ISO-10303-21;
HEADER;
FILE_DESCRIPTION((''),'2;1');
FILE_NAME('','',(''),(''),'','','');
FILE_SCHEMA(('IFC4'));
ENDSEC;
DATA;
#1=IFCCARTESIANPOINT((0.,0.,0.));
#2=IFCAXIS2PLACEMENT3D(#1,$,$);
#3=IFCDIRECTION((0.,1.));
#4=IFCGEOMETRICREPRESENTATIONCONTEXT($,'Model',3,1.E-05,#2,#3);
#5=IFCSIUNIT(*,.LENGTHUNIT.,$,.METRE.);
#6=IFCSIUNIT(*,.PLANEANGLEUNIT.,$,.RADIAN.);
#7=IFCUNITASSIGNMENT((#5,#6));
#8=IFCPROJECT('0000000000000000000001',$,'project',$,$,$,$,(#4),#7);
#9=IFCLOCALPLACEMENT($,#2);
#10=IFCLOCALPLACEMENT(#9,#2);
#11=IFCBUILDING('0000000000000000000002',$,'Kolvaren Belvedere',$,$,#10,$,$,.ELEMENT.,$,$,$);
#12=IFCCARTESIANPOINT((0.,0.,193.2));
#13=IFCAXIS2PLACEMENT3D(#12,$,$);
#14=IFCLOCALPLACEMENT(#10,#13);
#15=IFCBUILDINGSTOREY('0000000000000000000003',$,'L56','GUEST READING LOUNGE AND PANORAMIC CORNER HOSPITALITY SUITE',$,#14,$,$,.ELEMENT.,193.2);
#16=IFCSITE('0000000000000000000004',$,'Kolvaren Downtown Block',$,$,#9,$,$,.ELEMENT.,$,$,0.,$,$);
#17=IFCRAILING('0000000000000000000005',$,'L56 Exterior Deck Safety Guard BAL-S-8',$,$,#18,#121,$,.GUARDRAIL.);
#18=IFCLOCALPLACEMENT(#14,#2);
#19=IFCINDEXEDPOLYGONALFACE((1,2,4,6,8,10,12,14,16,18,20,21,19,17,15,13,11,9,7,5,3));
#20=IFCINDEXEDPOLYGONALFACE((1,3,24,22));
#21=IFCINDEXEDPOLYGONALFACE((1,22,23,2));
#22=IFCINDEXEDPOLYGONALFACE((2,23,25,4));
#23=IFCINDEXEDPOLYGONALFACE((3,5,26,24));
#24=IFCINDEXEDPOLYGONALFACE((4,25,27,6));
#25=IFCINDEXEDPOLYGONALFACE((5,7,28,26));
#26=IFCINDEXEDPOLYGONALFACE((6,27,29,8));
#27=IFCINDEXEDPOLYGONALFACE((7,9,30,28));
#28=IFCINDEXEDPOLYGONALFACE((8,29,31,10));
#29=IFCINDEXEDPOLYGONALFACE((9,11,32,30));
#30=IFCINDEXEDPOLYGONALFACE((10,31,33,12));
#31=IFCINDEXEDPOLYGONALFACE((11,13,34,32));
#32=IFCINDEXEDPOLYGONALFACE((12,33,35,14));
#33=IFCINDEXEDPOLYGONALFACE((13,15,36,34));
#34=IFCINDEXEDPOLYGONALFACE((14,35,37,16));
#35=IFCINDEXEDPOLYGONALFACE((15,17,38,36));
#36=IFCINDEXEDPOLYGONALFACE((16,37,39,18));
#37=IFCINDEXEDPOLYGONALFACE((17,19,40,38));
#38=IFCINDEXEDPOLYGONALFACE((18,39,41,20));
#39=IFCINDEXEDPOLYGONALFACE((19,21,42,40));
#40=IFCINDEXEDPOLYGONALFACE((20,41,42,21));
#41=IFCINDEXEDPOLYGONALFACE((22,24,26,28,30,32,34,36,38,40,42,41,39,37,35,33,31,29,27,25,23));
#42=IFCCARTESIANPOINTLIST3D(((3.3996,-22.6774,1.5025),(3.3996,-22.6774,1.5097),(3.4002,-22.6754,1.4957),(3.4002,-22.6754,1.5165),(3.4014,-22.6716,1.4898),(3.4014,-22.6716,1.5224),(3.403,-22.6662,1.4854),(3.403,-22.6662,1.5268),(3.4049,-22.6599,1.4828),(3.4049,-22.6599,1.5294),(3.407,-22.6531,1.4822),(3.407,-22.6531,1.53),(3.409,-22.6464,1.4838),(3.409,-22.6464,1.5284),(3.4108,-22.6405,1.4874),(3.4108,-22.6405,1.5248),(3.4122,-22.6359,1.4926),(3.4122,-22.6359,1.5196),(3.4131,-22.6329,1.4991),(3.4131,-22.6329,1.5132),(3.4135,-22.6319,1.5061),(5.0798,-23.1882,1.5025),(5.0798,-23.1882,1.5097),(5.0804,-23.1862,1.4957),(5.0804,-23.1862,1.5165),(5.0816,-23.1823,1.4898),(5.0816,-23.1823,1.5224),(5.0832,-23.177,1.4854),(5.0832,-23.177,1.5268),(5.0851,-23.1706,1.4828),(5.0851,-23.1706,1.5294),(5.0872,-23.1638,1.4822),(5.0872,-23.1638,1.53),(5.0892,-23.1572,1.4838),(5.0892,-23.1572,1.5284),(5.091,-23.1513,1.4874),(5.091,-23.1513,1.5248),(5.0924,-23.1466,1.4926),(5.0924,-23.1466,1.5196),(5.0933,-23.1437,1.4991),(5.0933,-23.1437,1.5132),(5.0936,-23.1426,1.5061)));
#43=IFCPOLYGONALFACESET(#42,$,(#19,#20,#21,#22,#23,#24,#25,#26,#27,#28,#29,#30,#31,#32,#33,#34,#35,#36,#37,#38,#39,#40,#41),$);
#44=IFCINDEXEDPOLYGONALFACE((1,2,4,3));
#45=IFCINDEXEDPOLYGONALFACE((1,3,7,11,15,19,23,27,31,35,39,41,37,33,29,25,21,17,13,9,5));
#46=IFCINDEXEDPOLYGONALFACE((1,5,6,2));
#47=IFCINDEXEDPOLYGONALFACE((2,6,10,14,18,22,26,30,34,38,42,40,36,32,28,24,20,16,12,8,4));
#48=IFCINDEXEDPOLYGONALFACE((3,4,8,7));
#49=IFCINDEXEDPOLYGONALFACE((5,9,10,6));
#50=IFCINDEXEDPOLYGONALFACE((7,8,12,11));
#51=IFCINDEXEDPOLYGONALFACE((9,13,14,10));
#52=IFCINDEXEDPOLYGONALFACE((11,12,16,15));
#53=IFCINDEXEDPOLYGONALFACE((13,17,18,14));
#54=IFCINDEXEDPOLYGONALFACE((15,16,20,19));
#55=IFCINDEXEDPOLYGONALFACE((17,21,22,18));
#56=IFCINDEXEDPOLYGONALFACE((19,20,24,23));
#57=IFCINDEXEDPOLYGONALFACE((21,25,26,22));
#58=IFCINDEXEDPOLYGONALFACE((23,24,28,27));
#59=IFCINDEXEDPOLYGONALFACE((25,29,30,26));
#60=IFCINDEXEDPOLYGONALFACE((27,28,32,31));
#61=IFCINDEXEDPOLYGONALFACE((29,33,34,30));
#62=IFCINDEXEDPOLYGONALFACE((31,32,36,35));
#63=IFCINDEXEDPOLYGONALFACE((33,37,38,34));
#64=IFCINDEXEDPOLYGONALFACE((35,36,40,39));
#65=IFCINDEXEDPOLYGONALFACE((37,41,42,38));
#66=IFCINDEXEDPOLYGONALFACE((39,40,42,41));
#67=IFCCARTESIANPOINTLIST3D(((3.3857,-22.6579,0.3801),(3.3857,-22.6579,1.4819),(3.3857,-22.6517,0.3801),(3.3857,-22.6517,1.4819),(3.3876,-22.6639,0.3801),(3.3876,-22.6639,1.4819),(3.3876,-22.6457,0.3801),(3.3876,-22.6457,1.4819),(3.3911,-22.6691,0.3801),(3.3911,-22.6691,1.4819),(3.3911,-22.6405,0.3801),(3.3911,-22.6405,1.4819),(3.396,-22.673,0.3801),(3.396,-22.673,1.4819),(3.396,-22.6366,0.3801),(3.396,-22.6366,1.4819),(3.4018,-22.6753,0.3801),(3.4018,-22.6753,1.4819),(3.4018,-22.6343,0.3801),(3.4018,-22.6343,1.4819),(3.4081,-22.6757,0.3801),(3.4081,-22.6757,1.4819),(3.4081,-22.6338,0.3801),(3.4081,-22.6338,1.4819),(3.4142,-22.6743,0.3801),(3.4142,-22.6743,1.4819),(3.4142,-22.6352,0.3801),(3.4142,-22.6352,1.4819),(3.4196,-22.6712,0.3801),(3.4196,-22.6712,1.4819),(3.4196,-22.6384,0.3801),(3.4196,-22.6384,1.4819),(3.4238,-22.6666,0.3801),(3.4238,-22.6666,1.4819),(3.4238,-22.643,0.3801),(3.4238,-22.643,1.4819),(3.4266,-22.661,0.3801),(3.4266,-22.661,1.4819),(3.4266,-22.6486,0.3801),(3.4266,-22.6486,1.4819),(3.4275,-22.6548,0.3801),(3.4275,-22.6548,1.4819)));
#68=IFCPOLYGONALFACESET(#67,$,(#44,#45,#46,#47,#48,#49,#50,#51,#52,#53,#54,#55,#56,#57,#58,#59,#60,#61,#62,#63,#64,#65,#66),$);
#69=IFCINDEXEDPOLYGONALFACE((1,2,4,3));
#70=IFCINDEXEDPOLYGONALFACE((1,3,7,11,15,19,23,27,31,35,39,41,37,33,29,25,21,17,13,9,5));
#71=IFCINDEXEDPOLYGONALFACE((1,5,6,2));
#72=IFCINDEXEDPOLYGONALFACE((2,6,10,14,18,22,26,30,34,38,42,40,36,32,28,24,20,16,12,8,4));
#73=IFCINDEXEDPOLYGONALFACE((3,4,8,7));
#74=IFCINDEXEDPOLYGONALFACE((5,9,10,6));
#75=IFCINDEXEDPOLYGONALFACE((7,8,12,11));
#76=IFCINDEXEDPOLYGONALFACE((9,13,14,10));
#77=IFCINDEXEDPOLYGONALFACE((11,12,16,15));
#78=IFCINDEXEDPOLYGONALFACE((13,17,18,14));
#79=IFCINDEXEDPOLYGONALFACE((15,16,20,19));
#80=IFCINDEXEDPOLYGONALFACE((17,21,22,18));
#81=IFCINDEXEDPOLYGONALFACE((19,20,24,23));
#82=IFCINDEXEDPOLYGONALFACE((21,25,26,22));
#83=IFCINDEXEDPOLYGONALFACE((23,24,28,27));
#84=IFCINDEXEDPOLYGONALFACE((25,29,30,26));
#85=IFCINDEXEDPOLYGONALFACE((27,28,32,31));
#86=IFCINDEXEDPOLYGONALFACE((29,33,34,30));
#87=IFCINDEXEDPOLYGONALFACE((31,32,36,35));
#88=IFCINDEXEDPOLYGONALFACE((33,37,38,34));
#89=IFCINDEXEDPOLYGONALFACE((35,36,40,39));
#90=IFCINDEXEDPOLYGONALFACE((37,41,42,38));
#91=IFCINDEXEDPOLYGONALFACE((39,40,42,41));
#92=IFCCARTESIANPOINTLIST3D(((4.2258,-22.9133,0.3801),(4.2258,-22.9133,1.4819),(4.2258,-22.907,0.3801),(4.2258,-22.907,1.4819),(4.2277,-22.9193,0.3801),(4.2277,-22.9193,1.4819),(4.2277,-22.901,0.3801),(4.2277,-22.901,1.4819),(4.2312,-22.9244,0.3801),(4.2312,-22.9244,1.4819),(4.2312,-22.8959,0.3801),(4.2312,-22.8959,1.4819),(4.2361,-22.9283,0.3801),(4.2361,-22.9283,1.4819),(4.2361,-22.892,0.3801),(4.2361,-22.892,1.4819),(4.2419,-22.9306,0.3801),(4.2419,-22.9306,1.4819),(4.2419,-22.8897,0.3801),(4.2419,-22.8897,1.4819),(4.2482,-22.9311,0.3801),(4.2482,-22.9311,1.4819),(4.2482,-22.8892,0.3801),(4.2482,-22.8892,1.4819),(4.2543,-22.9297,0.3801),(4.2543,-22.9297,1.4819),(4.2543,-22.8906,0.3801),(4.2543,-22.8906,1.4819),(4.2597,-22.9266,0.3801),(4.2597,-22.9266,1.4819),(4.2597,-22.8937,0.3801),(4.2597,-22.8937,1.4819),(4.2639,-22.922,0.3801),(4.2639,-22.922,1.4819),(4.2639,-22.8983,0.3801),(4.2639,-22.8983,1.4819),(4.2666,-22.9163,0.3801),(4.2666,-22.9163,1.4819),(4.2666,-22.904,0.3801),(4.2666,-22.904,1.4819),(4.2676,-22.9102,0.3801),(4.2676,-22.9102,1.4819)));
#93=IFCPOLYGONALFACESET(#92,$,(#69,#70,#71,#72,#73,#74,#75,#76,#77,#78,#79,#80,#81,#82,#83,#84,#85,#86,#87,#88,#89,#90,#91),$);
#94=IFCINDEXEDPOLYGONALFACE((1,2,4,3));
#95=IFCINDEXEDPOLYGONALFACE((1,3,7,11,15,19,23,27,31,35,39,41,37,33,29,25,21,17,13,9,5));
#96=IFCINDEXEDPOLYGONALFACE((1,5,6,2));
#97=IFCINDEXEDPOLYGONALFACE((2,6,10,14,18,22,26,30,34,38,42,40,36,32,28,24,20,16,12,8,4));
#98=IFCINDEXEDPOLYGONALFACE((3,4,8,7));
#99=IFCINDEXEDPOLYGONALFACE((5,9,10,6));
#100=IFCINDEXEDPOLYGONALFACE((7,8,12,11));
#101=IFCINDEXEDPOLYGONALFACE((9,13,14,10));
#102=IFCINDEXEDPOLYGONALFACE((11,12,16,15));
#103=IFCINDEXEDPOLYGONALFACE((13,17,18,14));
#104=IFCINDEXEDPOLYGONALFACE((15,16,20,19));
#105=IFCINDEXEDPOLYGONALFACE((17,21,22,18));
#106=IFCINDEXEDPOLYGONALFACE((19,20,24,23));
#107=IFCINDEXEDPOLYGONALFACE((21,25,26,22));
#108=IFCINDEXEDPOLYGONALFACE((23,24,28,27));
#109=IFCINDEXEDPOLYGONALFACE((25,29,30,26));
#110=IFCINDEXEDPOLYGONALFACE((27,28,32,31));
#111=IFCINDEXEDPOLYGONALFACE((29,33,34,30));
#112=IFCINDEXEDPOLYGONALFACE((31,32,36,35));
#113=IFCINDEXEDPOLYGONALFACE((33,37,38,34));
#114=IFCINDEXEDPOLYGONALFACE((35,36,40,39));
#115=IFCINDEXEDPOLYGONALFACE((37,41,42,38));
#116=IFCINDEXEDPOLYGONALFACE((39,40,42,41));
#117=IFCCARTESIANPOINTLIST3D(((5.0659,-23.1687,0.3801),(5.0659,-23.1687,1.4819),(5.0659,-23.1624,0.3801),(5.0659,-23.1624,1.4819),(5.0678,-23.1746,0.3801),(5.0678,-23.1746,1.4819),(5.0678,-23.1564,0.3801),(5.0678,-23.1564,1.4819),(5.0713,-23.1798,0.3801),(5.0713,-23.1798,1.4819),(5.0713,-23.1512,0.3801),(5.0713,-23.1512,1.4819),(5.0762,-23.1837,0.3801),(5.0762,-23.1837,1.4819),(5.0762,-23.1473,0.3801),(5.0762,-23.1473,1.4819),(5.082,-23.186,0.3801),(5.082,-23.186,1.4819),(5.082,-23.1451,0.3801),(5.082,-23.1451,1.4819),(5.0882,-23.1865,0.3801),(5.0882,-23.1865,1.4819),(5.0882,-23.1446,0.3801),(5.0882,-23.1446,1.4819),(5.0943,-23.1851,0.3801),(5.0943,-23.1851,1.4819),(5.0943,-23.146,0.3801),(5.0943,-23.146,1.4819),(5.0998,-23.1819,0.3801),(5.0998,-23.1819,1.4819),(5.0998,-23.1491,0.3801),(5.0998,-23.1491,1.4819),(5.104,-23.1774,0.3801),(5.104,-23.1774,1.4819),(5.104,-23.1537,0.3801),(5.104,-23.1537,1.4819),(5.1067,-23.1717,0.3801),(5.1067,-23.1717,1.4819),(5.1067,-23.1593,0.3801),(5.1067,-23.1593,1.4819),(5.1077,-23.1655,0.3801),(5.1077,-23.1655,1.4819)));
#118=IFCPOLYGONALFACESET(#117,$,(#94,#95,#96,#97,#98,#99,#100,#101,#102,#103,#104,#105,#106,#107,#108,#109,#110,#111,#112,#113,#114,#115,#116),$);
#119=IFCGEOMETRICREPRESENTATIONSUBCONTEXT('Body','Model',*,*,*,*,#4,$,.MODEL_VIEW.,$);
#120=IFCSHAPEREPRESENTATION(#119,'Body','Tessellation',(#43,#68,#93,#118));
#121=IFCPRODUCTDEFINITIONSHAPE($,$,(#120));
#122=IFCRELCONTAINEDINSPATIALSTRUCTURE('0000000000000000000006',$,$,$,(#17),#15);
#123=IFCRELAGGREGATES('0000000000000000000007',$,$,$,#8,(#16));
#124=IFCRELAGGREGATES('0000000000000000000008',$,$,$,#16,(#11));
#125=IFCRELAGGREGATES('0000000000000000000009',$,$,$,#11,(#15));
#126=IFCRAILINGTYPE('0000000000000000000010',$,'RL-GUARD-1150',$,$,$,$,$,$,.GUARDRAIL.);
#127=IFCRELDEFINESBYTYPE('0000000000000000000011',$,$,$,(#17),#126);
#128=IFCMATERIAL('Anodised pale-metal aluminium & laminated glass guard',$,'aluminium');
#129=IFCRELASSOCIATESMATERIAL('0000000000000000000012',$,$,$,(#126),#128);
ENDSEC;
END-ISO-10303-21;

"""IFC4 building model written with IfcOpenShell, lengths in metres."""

from ifc_helpers import new_model, si_unit, direction, frame, origin, origin_2d, place, context, subcontext, project, spatial, circle, extrude, material, type_object, element, save


model = new_model("IFC4")

# Units and contexts
model_context = context("Model", 3, precision=1e-05, world=origin(), true_north=direction((0.0, 1.0)))
body_context = subcontext(model_context, "Body", "Model", "MODEL_VIEW")
ifc_project = project(units=[si_unit("LENGTHUNIT", "METRE"), si_unit("PLANEANGLEUNIT", "RADIAN")], contexts=[model_context])

# Site, building, storey
site_placement = place(None, origin())
site = spatial("IfcSite", under=ifc_project, at=site_placement, Name="Kolvaren Downtown Block", CompositionType="ELEMENT", RefElevation=0.0)
building_placement = place(site_placement, origin())
building = spatial("IfcBuilding", under=site, at=building_placement, Name="Kolvaren Belvedere", CompositionType="ELEMENT")
storey_placement = place(building_placement, frame((0.0, 0.0, 193.2)))
storey = spatial("IfcBuildingStorey", under=building, at=storey_placement, Name="L56", Description="GUEST READING LOUNGE AND PANORAMIC CORNER HOSPITALITY SUITE", CompositionType="ELEMENT", Elevation=193.2)

# Railing
ifc_material_1 = material(Name="Anodised pale-metal aluminium & laminated glass guard", Category="aluminium")
railing_type = type_object("IfcRailingType", Name="RL-GUARD-1150", PredefinedType="GUARDRAIL", material=ifc_material_1)
railing_1_placement = place(storey_placement, frame((3.4065, -22.6548, 0.3801)))
element("IfcRailing", 1, at=railing_1_placement, inside=storey, type_object=railing_type, Name="L56 Exterior Deck Safety Guard BAL-S-8", PredefinedType="GUARDRAIL", context=body_context, shape_type="SweptSolid", body=[
    extrude(circle(Radius=0.0239, at=origin_2d()), frame((0.0, 0.0, 1.126), z_axis=(0.956771, -0.290841, 0.0), x_axis=(0.290841, 0.956771, 0.0)), (0.0, 0.0, 1.0), 1.7561),
    extrude(circle(Radius=0.021, at=origin_2d()), origin(), (0.0, 0.0, 1.0), 1.1018),
    extrude(circle(Radius=0.021, at=origin_2d()), frame((0.8401, -0.2554, 0.0)), (0.0, 0.0, 1.0), 1.1018),
    extrude(circle(Radius=0.021, at=origin_2d()), frame((1.6802, -0.5107, 0.0)), (0.0, 0.0, 1.0), 1.1018),
])

save(model, "model.ifc")
